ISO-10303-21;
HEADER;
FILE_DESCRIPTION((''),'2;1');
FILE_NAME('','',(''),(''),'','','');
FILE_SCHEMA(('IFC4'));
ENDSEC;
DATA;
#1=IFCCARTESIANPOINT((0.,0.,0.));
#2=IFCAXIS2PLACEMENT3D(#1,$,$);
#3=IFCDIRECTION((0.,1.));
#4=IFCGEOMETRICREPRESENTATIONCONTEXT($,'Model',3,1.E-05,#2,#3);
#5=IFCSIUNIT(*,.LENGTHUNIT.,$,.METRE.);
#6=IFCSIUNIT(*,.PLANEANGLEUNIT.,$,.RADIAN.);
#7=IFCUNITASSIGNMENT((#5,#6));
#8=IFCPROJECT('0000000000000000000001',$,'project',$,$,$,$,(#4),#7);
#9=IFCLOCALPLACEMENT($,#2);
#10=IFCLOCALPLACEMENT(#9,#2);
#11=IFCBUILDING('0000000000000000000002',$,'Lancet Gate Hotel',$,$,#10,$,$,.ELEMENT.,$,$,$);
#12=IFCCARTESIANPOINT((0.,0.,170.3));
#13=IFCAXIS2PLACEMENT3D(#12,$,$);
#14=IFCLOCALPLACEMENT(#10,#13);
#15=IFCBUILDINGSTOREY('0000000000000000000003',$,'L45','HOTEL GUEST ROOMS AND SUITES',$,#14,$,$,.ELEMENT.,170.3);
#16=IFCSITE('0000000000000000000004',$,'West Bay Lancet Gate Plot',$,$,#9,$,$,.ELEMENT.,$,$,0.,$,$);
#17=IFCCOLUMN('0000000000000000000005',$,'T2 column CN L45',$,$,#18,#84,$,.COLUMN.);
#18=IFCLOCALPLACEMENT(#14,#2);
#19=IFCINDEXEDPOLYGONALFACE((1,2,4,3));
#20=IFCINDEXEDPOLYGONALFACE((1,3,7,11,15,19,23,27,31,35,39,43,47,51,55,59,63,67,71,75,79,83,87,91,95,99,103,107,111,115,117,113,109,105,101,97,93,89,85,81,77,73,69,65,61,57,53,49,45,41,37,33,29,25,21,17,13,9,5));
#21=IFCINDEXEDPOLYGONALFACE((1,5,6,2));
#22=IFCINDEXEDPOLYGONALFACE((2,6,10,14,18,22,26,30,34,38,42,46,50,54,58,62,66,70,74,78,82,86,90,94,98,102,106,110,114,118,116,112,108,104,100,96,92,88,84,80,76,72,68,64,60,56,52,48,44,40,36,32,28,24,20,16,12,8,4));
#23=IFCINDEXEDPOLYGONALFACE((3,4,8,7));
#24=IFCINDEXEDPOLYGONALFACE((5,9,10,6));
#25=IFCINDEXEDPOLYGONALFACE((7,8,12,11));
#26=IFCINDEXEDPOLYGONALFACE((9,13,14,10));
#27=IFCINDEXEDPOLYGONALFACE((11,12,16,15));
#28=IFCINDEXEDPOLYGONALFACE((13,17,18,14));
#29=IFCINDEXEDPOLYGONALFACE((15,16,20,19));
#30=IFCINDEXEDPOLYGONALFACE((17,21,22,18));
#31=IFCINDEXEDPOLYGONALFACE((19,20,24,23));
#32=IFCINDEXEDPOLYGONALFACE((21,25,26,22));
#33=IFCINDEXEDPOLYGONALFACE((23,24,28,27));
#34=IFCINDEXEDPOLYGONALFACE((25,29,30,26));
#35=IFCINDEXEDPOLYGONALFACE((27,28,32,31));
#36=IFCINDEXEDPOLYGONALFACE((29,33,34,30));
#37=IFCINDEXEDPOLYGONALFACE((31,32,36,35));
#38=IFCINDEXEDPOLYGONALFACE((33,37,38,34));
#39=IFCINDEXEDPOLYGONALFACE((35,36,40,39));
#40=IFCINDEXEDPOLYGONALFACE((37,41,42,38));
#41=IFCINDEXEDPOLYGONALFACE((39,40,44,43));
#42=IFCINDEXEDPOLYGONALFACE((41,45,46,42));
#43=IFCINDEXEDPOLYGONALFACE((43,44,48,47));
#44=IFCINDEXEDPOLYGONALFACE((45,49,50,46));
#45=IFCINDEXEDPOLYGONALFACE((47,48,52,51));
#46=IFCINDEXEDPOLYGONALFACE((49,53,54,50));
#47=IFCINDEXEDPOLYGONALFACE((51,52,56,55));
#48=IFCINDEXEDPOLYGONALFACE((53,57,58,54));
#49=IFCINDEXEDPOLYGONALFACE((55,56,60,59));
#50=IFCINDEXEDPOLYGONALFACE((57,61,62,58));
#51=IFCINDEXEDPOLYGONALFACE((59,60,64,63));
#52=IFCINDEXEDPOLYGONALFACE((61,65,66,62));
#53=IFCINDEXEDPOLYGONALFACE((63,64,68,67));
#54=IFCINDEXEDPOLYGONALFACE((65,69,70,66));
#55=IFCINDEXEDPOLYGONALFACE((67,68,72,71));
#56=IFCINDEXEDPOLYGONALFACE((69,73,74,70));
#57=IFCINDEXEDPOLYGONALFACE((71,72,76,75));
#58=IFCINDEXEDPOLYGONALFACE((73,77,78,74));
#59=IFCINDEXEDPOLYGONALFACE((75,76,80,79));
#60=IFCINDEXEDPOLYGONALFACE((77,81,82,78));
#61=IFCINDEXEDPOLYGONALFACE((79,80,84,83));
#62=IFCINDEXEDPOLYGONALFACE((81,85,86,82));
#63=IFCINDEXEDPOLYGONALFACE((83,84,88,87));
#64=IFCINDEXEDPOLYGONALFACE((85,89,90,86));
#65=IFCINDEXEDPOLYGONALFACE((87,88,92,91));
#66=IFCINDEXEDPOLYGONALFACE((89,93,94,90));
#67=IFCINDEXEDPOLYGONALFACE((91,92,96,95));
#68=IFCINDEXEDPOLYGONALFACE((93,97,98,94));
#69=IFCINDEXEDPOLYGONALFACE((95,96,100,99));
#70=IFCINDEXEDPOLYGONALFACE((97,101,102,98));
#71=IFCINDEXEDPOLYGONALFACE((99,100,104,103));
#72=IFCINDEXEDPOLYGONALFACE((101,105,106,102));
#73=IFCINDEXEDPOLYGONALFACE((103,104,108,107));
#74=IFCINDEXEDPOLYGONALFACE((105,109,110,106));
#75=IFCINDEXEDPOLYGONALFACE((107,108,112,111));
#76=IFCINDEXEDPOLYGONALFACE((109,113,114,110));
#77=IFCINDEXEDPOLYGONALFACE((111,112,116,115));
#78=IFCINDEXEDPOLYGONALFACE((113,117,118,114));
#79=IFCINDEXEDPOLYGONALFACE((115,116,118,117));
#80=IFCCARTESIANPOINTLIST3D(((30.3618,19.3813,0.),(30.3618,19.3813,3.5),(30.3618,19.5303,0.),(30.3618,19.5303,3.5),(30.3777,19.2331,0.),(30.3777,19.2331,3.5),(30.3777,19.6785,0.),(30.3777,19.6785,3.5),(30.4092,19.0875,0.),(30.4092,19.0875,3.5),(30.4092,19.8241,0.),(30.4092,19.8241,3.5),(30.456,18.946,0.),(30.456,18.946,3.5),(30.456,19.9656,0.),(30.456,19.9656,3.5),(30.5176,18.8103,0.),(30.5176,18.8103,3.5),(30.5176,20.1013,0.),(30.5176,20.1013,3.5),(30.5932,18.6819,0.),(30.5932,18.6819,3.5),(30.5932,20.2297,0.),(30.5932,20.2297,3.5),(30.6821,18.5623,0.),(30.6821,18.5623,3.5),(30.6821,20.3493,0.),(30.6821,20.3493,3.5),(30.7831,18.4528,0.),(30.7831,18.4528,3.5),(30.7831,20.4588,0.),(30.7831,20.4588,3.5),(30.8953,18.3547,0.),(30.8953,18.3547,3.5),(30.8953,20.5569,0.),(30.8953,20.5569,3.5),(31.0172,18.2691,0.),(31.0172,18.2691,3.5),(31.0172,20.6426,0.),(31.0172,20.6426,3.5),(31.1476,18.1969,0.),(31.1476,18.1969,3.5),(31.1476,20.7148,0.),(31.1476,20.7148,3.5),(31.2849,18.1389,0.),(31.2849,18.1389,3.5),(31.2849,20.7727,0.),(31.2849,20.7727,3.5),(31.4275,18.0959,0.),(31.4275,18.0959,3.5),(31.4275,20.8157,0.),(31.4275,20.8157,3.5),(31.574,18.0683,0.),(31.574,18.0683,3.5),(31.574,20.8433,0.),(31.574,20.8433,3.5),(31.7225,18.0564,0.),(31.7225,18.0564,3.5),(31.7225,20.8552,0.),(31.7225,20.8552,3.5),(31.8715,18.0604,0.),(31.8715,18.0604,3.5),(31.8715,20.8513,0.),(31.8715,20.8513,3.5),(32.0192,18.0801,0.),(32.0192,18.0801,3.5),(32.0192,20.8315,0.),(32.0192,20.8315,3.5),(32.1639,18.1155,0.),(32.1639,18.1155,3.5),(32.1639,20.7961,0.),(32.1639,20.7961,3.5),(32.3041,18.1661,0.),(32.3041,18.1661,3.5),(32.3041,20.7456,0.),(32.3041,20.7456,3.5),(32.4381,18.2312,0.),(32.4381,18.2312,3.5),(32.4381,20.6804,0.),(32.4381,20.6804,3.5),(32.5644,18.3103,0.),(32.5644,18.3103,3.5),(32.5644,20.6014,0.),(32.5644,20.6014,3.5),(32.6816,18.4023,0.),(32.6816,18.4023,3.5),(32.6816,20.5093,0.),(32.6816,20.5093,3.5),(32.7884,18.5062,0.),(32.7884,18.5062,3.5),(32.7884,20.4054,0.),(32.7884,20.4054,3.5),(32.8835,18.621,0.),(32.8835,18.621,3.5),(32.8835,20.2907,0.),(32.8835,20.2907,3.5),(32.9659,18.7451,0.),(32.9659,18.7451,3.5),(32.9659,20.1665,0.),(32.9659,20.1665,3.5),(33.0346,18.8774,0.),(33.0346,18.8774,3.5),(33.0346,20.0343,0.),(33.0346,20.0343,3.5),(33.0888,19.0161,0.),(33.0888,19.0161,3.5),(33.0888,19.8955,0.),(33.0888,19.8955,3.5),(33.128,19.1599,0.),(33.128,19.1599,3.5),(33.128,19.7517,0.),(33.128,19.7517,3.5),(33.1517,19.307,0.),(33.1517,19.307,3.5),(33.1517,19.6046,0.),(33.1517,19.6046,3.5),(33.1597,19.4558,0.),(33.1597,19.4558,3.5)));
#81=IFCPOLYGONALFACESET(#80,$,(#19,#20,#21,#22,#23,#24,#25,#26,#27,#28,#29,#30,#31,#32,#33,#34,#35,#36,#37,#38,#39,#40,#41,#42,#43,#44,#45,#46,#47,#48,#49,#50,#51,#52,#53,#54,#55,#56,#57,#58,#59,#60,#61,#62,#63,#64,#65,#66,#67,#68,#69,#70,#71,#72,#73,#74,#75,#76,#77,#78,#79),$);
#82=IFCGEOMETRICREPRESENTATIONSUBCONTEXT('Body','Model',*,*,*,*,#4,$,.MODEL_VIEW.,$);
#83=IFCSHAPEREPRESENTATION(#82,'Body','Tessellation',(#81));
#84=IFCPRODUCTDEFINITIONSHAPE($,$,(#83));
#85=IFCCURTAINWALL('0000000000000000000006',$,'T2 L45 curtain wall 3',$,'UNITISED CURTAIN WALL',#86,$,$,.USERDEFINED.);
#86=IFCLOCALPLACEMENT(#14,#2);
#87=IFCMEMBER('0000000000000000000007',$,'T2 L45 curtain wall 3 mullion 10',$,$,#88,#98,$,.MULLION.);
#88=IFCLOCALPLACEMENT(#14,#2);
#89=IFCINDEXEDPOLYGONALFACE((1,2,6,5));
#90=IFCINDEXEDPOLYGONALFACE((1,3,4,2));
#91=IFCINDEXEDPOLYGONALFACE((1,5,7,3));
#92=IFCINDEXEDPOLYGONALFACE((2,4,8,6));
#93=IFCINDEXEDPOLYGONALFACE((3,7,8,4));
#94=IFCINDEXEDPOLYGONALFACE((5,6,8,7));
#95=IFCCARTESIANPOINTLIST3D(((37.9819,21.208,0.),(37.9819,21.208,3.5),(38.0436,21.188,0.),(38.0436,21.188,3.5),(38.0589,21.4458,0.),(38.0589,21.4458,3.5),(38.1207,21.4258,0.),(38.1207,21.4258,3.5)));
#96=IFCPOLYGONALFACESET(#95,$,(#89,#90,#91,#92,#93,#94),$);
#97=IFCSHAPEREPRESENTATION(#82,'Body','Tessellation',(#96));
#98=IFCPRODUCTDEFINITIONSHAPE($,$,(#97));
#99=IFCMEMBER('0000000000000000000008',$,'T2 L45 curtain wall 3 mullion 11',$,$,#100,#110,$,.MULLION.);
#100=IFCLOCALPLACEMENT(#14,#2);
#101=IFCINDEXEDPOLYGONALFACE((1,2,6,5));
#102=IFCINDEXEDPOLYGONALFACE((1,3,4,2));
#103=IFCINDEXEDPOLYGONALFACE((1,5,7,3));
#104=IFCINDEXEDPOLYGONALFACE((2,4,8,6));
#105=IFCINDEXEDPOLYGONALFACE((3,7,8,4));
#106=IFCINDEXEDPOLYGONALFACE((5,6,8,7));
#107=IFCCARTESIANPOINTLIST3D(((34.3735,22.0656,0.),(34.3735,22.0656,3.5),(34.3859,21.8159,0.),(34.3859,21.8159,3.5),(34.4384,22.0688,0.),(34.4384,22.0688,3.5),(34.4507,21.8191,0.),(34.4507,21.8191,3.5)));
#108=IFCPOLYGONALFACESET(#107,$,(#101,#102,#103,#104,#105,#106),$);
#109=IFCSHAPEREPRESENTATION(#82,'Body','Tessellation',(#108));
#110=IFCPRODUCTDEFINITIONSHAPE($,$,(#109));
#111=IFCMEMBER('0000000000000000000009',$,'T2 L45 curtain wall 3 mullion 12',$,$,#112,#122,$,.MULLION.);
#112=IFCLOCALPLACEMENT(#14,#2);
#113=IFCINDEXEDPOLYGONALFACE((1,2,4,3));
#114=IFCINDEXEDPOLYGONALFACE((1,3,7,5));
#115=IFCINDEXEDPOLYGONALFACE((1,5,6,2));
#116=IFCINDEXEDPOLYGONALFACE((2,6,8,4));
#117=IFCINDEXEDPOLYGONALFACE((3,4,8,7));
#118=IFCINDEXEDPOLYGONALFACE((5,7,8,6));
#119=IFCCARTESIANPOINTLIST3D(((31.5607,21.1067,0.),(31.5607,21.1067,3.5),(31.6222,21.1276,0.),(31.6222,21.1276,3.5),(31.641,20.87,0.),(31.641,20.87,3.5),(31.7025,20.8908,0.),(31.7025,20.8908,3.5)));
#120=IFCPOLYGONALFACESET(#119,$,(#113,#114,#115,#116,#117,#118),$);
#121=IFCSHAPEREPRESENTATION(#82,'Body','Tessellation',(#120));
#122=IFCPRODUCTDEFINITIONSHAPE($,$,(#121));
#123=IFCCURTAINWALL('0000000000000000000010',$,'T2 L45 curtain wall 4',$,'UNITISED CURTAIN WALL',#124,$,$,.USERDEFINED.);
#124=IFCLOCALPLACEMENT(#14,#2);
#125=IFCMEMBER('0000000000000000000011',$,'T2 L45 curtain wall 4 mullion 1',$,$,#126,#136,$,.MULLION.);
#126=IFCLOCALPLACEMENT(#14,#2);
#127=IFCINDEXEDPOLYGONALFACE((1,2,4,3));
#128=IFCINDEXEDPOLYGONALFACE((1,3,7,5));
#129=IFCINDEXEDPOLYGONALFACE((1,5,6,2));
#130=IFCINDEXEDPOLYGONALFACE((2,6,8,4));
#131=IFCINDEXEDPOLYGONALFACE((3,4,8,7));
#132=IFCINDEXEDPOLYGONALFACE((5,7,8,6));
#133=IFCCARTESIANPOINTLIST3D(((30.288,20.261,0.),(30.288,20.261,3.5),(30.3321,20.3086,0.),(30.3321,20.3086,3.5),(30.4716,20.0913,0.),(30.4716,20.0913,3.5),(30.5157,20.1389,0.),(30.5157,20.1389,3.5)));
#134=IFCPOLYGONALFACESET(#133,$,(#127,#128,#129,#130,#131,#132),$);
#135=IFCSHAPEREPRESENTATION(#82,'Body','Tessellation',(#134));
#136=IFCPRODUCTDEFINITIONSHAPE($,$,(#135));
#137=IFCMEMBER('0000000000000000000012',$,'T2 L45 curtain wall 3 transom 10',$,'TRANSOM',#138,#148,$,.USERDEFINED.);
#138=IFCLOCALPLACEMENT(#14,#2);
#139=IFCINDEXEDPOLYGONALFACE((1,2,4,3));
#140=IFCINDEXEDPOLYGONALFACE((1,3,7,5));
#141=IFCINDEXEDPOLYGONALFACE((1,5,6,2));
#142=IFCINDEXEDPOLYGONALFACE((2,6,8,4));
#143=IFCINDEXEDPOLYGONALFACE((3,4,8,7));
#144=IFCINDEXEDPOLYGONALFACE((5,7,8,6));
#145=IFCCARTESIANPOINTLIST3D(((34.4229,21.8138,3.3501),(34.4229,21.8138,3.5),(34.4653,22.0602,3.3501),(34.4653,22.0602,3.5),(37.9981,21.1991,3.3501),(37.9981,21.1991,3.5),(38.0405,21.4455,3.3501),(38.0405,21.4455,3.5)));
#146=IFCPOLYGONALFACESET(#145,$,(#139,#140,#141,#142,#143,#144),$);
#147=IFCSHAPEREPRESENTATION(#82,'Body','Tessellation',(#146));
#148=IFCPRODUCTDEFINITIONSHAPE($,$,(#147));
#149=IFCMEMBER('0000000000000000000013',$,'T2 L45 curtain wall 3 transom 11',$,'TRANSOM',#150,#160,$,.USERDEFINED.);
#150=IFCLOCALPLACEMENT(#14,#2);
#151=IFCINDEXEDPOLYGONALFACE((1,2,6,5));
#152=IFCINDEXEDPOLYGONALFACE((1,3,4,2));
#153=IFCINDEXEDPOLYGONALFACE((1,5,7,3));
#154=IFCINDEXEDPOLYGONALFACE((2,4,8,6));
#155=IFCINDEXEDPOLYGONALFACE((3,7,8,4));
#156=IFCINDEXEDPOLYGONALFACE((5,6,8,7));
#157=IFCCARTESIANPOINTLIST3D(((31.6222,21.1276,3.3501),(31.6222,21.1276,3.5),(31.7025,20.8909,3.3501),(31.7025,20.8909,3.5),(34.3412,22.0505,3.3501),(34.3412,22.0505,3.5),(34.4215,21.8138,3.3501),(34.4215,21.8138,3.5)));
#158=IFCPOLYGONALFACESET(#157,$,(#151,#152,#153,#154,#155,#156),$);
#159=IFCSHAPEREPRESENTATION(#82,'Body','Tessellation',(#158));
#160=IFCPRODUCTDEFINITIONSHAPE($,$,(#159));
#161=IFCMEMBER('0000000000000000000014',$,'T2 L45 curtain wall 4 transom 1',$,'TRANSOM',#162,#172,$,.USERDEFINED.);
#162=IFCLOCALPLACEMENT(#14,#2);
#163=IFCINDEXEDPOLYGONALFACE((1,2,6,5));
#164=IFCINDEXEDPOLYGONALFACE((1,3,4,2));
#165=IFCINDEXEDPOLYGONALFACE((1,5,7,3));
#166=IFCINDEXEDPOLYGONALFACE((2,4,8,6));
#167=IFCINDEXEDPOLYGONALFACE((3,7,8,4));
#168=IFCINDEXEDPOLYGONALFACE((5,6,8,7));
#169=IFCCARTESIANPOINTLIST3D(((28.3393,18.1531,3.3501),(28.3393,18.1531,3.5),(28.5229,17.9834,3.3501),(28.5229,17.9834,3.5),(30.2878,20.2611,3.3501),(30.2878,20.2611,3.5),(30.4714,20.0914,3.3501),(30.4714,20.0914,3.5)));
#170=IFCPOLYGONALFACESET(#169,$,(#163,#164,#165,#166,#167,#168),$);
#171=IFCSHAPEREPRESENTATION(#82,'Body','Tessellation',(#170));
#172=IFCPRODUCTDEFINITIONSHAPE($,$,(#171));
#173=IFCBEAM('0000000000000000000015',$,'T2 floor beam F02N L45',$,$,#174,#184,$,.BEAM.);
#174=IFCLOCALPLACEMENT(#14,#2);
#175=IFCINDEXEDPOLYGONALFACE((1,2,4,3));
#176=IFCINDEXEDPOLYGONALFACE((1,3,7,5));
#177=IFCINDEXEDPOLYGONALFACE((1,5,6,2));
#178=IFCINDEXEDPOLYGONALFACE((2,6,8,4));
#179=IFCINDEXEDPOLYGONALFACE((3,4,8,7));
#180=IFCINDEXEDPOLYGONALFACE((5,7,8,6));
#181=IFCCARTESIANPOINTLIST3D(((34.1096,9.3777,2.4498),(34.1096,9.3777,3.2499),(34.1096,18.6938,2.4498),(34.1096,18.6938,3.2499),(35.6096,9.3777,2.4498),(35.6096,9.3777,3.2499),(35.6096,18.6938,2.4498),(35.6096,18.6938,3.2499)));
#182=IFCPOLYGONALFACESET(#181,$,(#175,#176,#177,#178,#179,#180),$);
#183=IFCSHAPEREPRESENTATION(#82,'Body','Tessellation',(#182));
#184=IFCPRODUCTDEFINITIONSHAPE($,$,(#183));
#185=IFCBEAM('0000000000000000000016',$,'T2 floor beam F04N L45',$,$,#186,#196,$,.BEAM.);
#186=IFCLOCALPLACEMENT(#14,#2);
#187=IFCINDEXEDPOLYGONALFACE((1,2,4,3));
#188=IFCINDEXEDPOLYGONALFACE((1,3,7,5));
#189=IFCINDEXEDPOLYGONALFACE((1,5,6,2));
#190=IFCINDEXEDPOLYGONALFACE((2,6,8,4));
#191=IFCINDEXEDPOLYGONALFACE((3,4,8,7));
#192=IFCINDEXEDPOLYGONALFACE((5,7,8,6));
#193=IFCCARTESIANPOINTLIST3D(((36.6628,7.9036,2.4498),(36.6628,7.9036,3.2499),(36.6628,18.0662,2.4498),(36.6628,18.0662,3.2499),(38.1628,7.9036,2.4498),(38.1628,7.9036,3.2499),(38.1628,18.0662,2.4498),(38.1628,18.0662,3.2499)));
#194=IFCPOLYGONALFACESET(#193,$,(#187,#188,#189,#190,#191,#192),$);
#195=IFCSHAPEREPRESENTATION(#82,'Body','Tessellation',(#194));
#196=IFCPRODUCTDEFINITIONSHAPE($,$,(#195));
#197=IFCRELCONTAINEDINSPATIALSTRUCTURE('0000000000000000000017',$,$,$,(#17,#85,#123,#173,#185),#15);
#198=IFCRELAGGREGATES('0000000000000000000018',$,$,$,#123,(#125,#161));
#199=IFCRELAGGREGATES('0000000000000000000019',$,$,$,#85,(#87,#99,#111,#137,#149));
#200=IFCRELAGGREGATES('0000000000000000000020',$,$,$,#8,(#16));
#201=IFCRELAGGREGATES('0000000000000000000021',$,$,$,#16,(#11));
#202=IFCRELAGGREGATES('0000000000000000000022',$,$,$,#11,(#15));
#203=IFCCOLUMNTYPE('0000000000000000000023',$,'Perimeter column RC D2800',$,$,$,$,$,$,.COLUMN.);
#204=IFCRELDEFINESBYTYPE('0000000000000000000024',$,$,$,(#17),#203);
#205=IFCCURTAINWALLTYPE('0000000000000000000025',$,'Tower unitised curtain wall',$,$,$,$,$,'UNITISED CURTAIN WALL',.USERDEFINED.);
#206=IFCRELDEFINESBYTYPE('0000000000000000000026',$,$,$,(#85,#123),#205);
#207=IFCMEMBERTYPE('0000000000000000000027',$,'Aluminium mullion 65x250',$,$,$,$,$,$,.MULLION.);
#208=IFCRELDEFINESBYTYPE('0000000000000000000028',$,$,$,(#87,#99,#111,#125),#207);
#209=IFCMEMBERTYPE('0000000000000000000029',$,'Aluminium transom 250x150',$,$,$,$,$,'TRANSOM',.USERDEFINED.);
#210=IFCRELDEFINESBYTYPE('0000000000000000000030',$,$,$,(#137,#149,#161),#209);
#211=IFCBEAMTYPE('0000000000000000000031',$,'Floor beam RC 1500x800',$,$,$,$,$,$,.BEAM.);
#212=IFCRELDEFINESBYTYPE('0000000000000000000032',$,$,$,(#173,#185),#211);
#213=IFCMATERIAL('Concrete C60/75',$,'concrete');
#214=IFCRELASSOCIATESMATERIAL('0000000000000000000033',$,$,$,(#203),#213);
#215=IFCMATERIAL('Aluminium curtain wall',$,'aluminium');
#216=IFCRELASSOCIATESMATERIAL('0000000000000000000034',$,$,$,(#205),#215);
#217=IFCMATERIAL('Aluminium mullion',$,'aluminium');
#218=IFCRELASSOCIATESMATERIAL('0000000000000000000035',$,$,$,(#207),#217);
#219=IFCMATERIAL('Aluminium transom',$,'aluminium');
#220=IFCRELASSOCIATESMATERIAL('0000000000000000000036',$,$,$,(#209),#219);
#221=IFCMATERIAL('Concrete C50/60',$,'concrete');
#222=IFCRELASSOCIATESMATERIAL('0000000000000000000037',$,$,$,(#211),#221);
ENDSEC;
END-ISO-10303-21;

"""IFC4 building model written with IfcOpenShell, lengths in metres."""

from ifc_helpers import new_model, si_unit, direction, frame, origin, origin_2d, place, context, subcontext, project, spatial, rectangle, circle, extrude, material, material_profile, profile_set, type_object, element, aggregate, save


model = new_model("IFC4")

# Units and contexts
model_context = context("Model", 3, precision=1e-05, world=origin(), true_north=direction((0.0, 1.0)))
body_context = subcontext(model_context, "Body", "Model", "MODEL_VIEW")
ifc_project = project(units=[si_unit("LENGTHUNIT", "METRE"), si_unit("PLANEANGLEUNIT", "RADIAN")], contexts=[model_context])

# Site, building, storey
site_placement = place(None, origin())
site = spatial("IfcSite", under=ifc_project, at=site_placement, Name="West Bay Lancet Gate Plot", CompositionType="ELEMENT", RefElevation=0.0)
building_placement = place(site_placement, origin())
building = spatial("IfcBuilding", under=site, at=building_placement, Name="Lancet Gate Hotel", CompositionType="ELEMENT")
storey_placement = place(building_placement, frame((0.0, 0.0, 170.3)))
storey = spatial("IfcBuildingStorey", under=building, at=storey_placement, Name="L45", Description="HOTEL GUEST ROOMS AND SUITES", CompositionType="ELEMENT", Elevation=170.3)

# Column
ifc_material_1 = material(Name="Concrete C60/75", Category="concrete")
ifc_material_profile_1 = material_profile(ifc_material_1, circle(Radius=1.3999, at=origin_2d()), Name="RC D2800")
ifc_profile_set_1 = profile_set([ifc_material_profile_1], Name="Concrete C60/75")
column_type = type_object("IfcColumnType", Name="Perimeter column RC D2800", PredefinedType="COLUMN", material=ifc_profile_set_1)
column_placement = place(storey_placement, frame((31.7598, 19.4558, 0.0), z_axis=(0.0, 0.0, 1.0), x_axis=(1.0, 0.0, 0.0)))
element("IfcColumn", 1, at=column_placement, inside=storey, type_object=column_type, Name="T2 column CN L45", PredefinedType="COLUMN", context=body_context, shape_type="SweptSolid", body=[
    extrude(circle(Radius=1.3999, at=origin_2d()), origin(), (0.0, 0.0, 1.0), 3.5),
])

# Curtain wall, members
ifc_material_2 = material(Name="Aluminium curtain wall", Category="aluminium")
curtain_wall_type = type_object("IfcCurtainWallType", Name="Tower unitised curtain wall", ElementType="UNITISED CURTAIN WALL", PredefinedType="USERDEFINED", material=ifc_material_2)
curtain_wall_1_placement = place(storey_placement, origin())
curtain_wall_1 = element("IfcCurtainWall", 2, at=curtain_wall_1_placement, inside=storey, type_object=curtain_wall_type, Name="T2 L45 curtain wall 3", ObjectType="UNITISED CURTAIN WALL", PredefinedType="USERDEFINED")
ifc_material_3 = material(Name="Aluminium mullion", Category="aluminium")
ifc_material_profile_2 = material_profile(ifc_material_3, rectangle(XDim=0.0649, YDim=0.25, at=origin_2d()), Name="MULLION 65x250")
ifc_profile_set_2 = profile_set([ifc_material_profile_2], Name="Aluminium mullion")
member_type_1 = type_object("IfcMemberType", Name="Aluminium mullion 65x250", PredefinedType="MULLION", material=ifc_profile_set_2)
member_1_placement = place(storey_placement, frame((38.0513, 21.3169, 0.0), z_axis=(0.0, 0.0, 1.0), x_axis=(-0.951355, 0.308095, 0.0)))
member_1 = element("IfcMember", 3, at=member_1_placement, type_object=member_type_1, Name="T2 L45 curtain wall 3 mullion 10", PredefinedType="MULLION", context=body_context, shape_type="SweptSolid", body=[
    extrude(rectangle(XDim=0.0649, YDim=0.25, at=origin_2d()), origin(), (0.0, 0.0, 1.0), 3.5),
])
member_2_placement = place(storey_placement, frame((34.4121, 21.9424, 0.0), z_axis=(0.0, 0.0, 1.0), x_axis=(-0.998776, -0.049471, 0.0)))
member_2 = element("IfcMember", 4, at=member_2_placement, type_object=member_type_1, Name="T2 L45 curtain wall 3 mullion 11", PredefinedType="MULLION", context=body_context, shape_type="SweptSolid", body=[
    extrude(rectangle(XDim=0.0649, YDim=0.25, at=origin_2d()), origin(), (0.0, 0.0, 1.0), 3.5),
])
member_3_placement = place(storey_placement, frame((31.6316, 20.9988, 0.0), z_axis=(0.0, 0.0, 1.0), x_axis=(-0.946952, -0.321374, 0.0)))
member_3 = element("IfcMember", 5, at=member_3_placement, type_object=member_type_1, Name="T2 L45 curtain wall 3 mullion 12", PredefinedType="MULLION", context=body_context, shape_type="SweptSolid", body=[
    extrude(rectangle(XDim=0.0649, YDim=0.25, at=origin_2d()), origin(), (0.0, 0.0, 1.0), 3.5),
])

# Curtain wall, member
curtain_wall_2_placement = place(storey_placement, origin())
curtain_wall_2 = element("IfcCurtainWall", 6, at=curtain_wall_2_placement, inside=storey, type_object=curtain_wall_type, Name="T2 L45 curtain wall 4", ObjectType="UNITISED CURTAIN WALL", PredefinedType="USERDEFINED")
member_4_placement = place(storey_placement, frame((30.4019, 20.2, 0.0), z_axis=(0.0, 0.0, 1.0), x_axis=(-0.678831, -0.734294, 0.0)))
member_4 = element("IfcMember", 7, at=member_4_placement, type_object=member_type_1, Name="T2 L45 curtain wall 4 mullion 1", PredefinedType="MULLION", context=body_context, shape_type="SweptSolid", body=[
    extrude(rectangle(XDim=0.0649, YDim=0.25, at=origin_2d()), origin(), (0.0, 0.0, 1.0), 3.5),
])

# Members
ifc_material_4 = material(Name="Aluminium transom", Category="aluminium")
ifc_material_profile_3 = material_profile(ifc_material_4, rectangle(XDim=0.25, YDim=0.1499, at=origin_2d()), Name="TRANSOM 250x150")
ifc_profile_set_3 = profile_set([ifc_material_profile_3], Name="Aluminium transom")
member_type_2 = type_object("IfcMemberType", Name="Aluminium transom 250x150", ElementType="TRANSOM", PredefinedType="USERDEFINED", material=ifc_profile_set_3)
member_5_placement = place(storey_placement, frame((38.0193, 21.3223, 3.425), z_axis=(-0.985537, 0.169461, 0.0), x_axis=(-0.169461, -0.985537, 0.0)))
member_5 = element("IfcMember", 8, at=member_5_placement, type_object=member_type_2, Name="T2 L45 curtain wall 3 transom 10", ObjectType="TRANSOM", PredefinedType="USERDEFINED", context=body_context, shape_type="SweptSolid", body=[
    extrude(rectangle(XDim=0.25, YDim=0.1499, at=origin_2d()), origin(), (0.0, 0.0, 1.0), 3.6277),
])
member_6_placement = place(storey_placement, frame((34.3813, 21.9321, 3.425), z_axis=(-0.946943, -0.321401, 0.0), x_axis=(0.321401, -0.946943, 0.0)))
member_6 = element("IfcMember", 9, at=member_6_placement, type_object=member_type_2, Name="T2 L45 curtain wall 3 transom 11", ObjectType="TRANSOM", PredefinedType="USERDEFINED", context=body_context, shape_type="SweptSolid", body=[
    extrude(rectangle(XDim=0.25, YDim=0.1499, at=origin_2d()), origin(), (0.0, 0.0, 1.0), 2.8713),
])
member_7_placement = place(storey_placement, frame((30.3796, 20.1763, 3.425), z_axis=(-0.678792, -0.73433, 0.0), x_axis=(0.73433, -0.678792, 0.0)))
member_7 = element("IfcMember", 10, at=member_7_placement, type_object=member_type_2, Name="T2 L45 curtain wall 4 transom 1", ObjectType="TRANSOM", PredefinedType="USERDEFINED", context=body_context, shape_type="SweptSolid", body=[
    extrude(rectangle(XDim=0.25, YDim=0.1499, at=origin_2d()), origin(), (0.0, 0.0, 1.0), 2.8706),
])
aggregate(curtain_wall_2, [member_4, member_7])

# Beams
ifc_material_5 = material(Name="Concrete C50/60", Category="concrete")
ifc_material_profile_4 = material_profile(ifc_material_5, rectangle(XDim=1.5, YDim=0.8, at=origin_2d()), Name="RC 1500x800")
ifc_profile_set_4 = profile_set([ifc_material_profile_4], Name="Concrete C50/60")
beam_type = type_object("IfcBeamType", Name="Floor beam RC 1500x800", PredefinedType="BEAM", material=ifc_profile_set_4)
beam_1_placement = place(storey_placement, frame((34.8596, 9.3777, 2.8499), z_axis=(0.0, 1.0, 0.0), x_axis=(-1.0, 0.0, 0.0)))
element("IfcBeam", 11, at=beam_1_placement, inside=storey, type_object=beam_type, Name="T2 floor beam F02N L45", PredefinedType="BEAM", context=body_context, shape_type="SweptSolid", body=[
    extrude(rectangle(XDim=1.5, YDim=0.8, at=origin_2d()), origin(), (0.0, 0.0, 1.0), 9.3162),
])
beam_2_placement = place(storey_placement, frame((37.4128, 7.9036, 2.8499), z_axis=(0.0, 1.0, 0.0), x_axis=(-1.0, 0.0, 0.0)))
element("IfcBeam", 12, at=beam_2_placement, inside=storey, type_object=beam_type, Name="T2 floor beam F04N L45", PredefinedType="BEAM", context=body_context, shape_type="SweptSolid", body=[
    extrude(rectangle(XDim=1.5, YDim=0.8, at=origin_2d()), origin(), (0.0, 0.0, 1.0), 10.1626),
])

aggregate(curtain_wall_1, [member_1, member_2, member_3, member_5, member_6])

save(model, "model.ifc")
